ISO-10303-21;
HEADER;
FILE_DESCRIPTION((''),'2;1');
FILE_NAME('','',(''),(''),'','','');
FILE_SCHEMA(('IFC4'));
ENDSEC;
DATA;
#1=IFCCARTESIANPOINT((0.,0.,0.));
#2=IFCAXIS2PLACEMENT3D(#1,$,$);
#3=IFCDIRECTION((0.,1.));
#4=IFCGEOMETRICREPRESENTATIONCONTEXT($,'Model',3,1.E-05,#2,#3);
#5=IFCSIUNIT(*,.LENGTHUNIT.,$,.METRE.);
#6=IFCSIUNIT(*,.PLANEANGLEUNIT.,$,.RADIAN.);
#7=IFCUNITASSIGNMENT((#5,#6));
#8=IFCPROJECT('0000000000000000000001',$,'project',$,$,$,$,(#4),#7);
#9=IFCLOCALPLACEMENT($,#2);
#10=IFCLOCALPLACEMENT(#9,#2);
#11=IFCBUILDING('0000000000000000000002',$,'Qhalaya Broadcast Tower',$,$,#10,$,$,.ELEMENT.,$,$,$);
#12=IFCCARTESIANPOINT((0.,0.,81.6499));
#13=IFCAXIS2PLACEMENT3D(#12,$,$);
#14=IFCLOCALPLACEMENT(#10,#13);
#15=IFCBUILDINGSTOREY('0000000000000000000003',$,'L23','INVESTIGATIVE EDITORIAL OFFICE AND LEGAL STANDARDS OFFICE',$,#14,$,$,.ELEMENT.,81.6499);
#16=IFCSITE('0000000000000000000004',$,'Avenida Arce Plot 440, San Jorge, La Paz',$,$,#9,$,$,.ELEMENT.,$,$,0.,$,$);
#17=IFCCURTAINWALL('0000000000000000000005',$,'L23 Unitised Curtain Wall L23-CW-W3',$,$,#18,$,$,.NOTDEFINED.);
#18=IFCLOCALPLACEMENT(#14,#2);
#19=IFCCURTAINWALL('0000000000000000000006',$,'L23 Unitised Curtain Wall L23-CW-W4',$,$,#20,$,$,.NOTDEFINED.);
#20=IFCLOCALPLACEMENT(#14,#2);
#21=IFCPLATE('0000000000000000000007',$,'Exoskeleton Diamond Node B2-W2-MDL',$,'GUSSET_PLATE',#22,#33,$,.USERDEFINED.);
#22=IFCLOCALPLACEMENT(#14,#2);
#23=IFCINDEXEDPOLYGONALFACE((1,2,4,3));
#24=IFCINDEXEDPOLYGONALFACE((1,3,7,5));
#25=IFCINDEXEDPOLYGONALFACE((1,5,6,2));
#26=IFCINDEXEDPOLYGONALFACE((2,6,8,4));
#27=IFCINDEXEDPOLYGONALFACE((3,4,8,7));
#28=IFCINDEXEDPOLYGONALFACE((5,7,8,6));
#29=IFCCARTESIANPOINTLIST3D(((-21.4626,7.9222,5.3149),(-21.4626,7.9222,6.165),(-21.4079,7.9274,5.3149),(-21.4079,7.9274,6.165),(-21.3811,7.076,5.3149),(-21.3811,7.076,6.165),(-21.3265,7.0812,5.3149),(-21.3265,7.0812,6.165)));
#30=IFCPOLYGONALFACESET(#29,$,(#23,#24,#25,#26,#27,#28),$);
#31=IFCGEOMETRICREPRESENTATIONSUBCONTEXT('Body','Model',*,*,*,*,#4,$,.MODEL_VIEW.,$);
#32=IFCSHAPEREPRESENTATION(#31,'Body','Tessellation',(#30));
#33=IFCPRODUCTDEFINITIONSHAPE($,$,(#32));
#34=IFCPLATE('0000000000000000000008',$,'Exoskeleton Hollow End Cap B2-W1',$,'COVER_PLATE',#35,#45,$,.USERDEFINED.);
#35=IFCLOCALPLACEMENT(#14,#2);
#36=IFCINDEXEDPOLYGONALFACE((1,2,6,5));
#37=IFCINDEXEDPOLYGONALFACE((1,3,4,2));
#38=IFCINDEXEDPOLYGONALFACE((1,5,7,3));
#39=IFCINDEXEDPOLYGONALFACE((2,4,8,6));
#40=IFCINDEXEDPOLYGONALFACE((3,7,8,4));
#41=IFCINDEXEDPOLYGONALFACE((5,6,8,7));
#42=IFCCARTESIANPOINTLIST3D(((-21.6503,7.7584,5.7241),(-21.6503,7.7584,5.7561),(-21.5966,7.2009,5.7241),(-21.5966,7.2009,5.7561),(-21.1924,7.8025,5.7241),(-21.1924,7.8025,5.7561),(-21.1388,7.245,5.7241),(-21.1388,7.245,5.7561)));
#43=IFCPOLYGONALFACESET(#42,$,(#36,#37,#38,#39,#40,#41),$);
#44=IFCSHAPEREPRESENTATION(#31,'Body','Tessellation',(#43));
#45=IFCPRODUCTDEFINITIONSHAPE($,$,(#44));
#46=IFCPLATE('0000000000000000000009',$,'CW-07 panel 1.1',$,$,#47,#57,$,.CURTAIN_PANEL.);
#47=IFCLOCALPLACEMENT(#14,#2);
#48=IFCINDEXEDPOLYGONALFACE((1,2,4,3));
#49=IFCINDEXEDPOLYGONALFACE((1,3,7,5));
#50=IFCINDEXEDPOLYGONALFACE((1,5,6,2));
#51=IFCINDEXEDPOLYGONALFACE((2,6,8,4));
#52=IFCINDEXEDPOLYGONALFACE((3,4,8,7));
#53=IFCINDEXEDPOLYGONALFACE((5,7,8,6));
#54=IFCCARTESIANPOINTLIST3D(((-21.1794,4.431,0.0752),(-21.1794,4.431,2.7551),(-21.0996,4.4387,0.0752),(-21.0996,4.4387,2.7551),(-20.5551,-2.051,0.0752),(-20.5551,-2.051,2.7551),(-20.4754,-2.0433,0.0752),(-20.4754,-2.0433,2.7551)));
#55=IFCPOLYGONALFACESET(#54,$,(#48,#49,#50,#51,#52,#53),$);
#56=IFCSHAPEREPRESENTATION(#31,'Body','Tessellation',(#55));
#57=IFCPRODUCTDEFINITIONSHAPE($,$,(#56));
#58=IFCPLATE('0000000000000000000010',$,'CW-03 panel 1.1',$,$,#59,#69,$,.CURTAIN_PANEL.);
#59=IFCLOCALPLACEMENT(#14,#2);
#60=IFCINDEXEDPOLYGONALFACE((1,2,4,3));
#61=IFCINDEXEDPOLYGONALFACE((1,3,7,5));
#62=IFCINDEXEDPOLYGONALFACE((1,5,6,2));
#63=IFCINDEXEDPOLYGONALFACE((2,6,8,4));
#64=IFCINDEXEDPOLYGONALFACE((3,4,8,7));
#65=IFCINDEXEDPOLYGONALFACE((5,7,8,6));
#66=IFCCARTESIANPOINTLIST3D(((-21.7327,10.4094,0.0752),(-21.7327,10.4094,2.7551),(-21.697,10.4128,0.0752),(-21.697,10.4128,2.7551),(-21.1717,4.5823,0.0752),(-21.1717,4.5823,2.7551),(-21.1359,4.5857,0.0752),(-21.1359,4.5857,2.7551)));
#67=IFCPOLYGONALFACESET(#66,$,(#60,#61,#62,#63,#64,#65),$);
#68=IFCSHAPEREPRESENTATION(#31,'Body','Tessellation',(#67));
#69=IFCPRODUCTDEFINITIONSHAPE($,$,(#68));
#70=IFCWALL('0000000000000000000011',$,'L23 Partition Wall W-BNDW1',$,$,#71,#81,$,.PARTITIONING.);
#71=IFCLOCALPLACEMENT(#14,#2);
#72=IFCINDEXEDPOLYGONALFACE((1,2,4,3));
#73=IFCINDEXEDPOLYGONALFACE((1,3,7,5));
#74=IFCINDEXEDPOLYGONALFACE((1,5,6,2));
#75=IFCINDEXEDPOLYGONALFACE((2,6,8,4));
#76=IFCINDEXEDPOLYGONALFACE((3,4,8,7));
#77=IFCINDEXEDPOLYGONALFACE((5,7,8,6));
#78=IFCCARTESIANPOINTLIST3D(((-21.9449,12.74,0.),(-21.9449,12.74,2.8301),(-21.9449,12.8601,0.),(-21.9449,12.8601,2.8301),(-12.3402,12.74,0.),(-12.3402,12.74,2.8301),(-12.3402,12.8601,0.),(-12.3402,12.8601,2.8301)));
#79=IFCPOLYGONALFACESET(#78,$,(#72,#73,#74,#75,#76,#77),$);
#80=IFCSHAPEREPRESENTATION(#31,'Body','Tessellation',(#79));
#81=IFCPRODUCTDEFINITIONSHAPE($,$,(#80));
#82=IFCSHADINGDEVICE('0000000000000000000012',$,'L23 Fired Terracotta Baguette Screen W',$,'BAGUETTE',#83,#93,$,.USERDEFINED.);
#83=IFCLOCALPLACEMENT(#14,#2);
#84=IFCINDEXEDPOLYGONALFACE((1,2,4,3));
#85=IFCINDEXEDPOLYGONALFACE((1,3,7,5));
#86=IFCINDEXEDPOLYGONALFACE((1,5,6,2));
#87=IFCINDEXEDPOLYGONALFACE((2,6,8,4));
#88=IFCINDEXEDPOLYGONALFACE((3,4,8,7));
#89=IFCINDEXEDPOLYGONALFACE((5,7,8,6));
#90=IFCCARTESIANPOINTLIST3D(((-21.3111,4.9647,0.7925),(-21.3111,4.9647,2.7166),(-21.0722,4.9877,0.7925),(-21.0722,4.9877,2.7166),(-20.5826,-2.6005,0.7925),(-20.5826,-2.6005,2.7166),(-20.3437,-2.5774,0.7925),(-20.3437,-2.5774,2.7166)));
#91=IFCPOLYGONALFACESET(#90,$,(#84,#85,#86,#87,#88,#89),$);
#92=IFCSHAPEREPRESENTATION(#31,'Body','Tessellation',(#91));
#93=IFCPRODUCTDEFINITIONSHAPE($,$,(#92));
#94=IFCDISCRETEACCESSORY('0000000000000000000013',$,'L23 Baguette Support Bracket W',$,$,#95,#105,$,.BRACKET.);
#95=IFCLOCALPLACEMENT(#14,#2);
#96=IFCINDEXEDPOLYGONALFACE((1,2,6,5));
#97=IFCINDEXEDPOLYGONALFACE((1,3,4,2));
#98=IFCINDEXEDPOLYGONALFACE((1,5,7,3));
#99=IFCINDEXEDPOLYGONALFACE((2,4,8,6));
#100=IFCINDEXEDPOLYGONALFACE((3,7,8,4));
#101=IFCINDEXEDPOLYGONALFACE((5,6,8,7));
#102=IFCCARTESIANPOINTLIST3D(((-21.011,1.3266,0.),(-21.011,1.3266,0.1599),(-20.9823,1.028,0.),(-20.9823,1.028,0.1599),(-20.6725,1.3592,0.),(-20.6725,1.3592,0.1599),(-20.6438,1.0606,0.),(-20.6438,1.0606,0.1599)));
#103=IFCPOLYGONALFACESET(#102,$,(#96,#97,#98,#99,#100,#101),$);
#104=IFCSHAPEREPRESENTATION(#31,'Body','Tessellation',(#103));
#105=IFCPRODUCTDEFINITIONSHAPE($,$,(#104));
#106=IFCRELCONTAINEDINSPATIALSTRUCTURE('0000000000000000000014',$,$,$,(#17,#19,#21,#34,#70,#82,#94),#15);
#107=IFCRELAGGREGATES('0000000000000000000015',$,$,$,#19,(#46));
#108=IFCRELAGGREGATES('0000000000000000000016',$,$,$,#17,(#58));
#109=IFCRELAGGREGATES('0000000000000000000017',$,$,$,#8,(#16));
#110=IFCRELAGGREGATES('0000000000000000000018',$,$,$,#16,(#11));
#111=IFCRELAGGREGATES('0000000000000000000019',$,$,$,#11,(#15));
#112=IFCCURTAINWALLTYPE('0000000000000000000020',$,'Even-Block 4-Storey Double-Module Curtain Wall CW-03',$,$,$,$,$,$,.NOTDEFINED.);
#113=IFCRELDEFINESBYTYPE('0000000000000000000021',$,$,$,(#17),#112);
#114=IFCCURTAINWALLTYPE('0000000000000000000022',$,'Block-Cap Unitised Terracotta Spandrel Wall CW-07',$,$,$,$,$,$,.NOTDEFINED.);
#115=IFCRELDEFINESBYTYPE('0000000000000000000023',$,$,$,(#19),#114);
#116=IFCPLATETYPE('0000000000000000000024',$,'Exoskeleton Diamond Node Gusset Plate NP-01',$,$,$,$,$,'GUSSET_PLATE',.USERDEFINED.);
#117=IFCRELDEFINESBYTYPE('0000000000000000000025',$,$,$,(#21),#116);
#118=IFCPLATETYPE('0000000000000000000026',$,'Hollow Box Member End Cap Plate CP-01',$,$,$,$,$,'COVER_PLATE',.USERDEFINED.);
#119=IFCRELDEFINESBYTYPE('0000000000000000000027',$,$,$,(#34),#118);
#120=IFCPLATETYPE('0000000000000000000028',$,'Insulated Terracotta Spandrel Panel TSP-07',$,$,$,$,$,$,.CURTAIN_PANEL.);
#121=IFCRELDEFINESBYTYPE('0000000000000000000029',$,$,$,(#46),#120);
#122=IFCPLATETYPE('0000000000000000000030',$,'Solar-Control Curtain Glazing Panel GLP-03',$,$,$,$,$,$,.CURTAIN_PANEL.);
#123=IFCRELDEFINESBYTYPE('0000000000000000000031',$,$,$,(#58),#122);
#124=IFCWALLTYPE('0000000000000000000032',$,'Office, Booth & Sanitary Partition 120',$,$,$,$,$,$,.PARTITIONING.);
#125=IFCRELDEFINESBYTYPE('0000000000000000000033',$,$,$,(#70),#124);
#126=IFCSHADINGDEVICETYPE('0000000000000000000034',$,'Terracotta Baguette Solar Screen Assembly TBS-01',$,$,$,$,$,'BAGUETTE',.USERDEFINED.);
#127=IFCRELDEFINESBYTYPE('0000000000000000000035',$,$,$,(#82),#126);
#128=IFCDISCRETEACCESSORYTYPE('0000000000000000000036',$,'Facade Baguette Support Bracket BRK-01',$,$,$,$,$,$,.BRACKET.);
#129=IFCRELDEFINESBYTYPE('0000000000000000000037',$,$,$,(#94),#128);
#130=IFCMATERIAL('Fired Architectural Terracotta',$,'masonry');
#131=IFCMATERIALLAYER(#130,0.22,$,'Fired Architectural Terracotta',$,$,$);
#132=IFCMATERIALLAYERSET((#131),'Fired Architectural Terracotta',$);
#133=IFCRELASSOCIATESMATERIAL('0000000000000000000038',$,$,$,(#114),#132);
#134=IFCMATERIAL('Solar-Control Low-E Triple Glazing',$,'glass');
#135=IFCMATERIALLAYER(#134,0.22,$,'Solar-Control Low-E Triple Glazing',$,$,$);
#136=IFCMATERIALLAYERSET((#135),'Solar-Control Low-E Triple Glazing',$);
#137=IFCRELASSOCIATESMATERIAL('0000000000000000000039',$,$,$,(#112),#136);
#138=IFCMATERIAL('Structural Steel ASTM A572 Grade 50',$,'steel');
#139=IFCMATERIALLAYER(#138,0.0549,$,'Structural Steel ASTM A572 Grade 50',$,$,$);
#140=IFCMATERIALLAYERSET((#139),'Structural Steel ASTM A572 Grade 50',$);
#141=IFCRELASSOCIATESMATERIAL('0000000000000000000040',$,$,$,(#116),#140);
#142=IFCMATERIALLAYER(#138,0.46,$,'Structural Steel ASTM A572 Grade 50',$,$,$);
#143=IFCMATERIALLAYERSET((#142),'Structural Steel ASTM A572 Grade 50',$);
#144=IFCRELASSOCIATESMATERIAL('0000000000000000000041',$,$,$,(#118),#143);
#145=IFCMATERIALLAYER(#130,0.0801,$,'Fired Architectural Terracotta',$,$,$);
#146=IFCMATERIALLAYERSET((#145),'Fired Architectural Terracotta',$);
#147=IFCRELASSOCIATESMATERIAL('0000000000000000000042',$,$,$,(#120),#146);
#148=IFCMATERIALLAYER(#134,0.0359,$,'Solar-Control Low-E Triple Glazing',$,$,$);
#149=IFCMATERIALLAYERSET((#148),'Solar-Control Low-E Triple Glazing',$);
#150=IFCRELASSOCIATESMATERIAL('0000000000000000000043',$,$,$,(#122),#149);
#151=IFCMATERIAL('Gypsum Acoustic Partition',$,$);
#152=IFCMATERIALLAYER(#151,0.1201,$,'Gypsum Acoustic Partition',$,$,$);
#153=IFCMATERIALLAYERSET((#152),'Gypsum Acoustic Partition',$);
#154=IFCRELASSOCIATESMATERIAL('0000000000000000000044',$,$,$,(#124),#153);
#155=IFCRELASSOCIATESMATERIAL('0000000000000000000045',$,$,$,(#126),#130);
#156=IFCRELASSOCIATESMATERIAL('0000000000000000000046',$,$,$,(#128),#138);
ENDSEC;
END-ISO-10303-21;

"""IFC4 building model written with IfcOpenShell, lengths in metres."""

from ifc_helpers import new_model, si_unit, direction, frame, frame_2d, origin, origin_2d, place, context, subcontext, project, spatial, rectangle, extrude, material, layer, layer_set, type_object, element, aggregate, save


model = new_model("IFC4")

# Units and contexts
model_context = context("Model", 3, precision=1e-05, world=origin(), true_north=direction((0.0, 1.0)))
body_context = subcontext(model_context, "Body", "Model", "MODEL_VIEW")
ifc_project = project(units=[si_unit("LENGTHUNIT", "METRE"), si_unit("PLANEANGLEUNIT", "RADIAN")], contexts=[model_context])

# Site, building, storey
site_placement = place(None, origin())
site = spatial("IfcSite", under=ifc_project, at=site_placement, Name="Avenida Arce Plot 440, San Jorge, La Paz", CompositionType="ELEMENT", RefElevation=0.0)
building_placement = place(site_placement, origin())
building = spatial("IfcBuilding", under=site, at=building_placement, Name="Qhalaya Broadcast Tower", CompositionType="ELEMENT")
storey_placement = place(building_placement, frame((0.0, 0.0, 81.6499)))
storey = spatial("IfcBuildingStorey", under=building, at=storey_placement, Name="L23", Description="INVESTIGATIVE EDITORIAL OFFICE AND LEGAL STANDARDS OFFICE", CompositionType="ELEMENT", Elevation=81.6499)

# Shared definitions
ifc_material_1 = material(Name="Structural Steel ASTM A572 Grade 50", Category="steel")

# Shared definitions
ifc_material_2 = material(Name="Fired Architectural Terracotta", Category="masonry")
ifc_layer_1 = layer(ifc_material_2, 0.22, Name="Fired Architectural Terracotta")
ifc_layer_set_1 = layer_set([ifc_layer_1], Name="Fired Architectural Terracotta")
curtain_wall_type_1 = type_object("IfcCurtainWallType", Name="Block-Cap Unitised Terracotta Spandrel Wall CW-07", PredefinedType="NOTDEFINED", material=ifc_layer_set_1)

# Curtain wall
ifc_material_3 = material(Name="Solar-Control Low-E Triple Glazing", Category="glass")
ifc_layer_2 = layer(ifc_material_3, 0.22, Name="Solar-Control Low-E Triple Glazing")
ifc_layer_set_2 = layer_set([ifc_layer_2], Name="Solar-Control Low-E Triple Glazing")
curtain_wall_type_2 = type_object("IfcCurtainWallType", Name="Even-Block 4-Storey Double-Module Curtain Wall CW-03", PredefinedType="NOTDEFINED", material=ifc_layer_set_2)
curtain_wall_1_placement = place(storey_placement, origin())
curtain_wall_1 = element("IfcCurtainWall", 1, at=curtain_wall_1_placement, inside=storey, type_object=curtain_wall_type_2, Name="L23 Unitised Curtain Wall L23-CW-W3", PredefinedType="NOTDEFINED")

# Curtain wall
curtain_wall_2_placement = place(storey_placement, origin())
curtain_wall_2 = element("IfcCurtainWall", 2, at=curtain_wall_2_placement, inside=storey, type_object=curtain_wall_type_1, Name="L23 Unitised Curtain Wall L23-CW-W4", PredefinedType="NOTDEFINED")

# Plates
ifc_layer_3 = layer(ifc_material_1, 0.0549, Name="Structural Steel ASTM A572 Grade 50")
ifc_layer_set_3 = layer_set([ifc_layer_3], Name="Structural Steel ASTM A572 Grade 50")
plate_type_1 = type_object("IfcPlateType", Name="Exoskeleton Diamond Node Gusset Plate NP-01", ElementType="GUSSET_PLATE", PredefinedType="USERDEFINED", material=ifc_layer_set_3)
plate_1_placement = place(storey_placement, frame((-21.3945, 7.5017, 5.3149), z_axis=(0.0, 0.0, 1.0), x_axis=(-0.095846, 0.995396, 0.0)))
element("IfcPlate", 3, at=plate_1_placement, inside=storey, type_object=plate_type_1, Name="Exoskeleton Diamond Node B2-W2-MDL", ObjectType="GUSSET_PLATE", PredefinedType="USERDEFINED", context=body_context, shape_type="SweptSolid", body=[
    extrude(rectangle(XDim=0.8501, YDim=0.0549, at=origin_2d()), origin(), (0.0, 0.0, 1.0), 0.8501),
])
ifc_layer_4 = layer(ifc_material_1, 0.46, Name="Structural Steel ASTM A572 Grade 50")
ifc_layer_set_4 = layer_set([ifc_layer_4], Name="Structural Steel ASTM A572 Grade 50")
plate_type_2 = type_object("IfcPlateType", Name="Hollow Box Member End Cap Plate CP-01", ElementType="COVER_PLATE", PredefinedType="USERDEFINED", material=ifc_layer_set_4)
plate_2_placement = place(storey_placement, frame((-21.3945, 7.5017, 5.7241), z_axis=(0.0, 0.0, 1.0), x_axis=(-0.095846, 0.995396, 0.0)))
element("IfcPlate", 4, at=plate_2_placement, inside=storey, type_object=plate_type_2, Name="Exoskeleton Hollow End Cap B2-W1", ObjectType="COVER_PLATE", PredefinedType="USERDEFINED", context=body_context, shape_type="SweptSolid", body=[
    extrude(rectangle(XDim=0.5601, YDim=0.46, at=origin_2d()), origin(), (0.0, 0.0, 1.0), 0.032),
])

# Plates
ifc_layer_5 = layer(ifc_material_2, 0.0801, Name="Fired Architectural Terracotta")
ifc_layer_set_5 = layer_set([ifc_layer_5], Name="Fired Architectural Terracotta")
plate_type_3 = type_object("IfcPlateType", Name="Insulated Terracotta Spandrel Panel TSP-07", PredefinedType="CURTAIN_PANEL", material=ifc_layer_set_5)
plate_3_placement = place(storey_placement, frame((-20.8274, 1.1938, 0.0752), z_axis=(0.0, 0.0, 1.0), x_axis=(0.095857, -0.995395, 0.0)))
plate_3 = element("IfcPlate", 5, at=plate_3_placement, type_object=plate_type_3, Name="CW-07 panel 1.1", PredefinedType="CURTAIN_PANEL", context=body_context, shape_type="SweptSolid", body=[
    extrude(rectangle(XDim=6.512, YDim=0.0801, at=origin_2d()), origin(), (0.0, 0.0, 1.0), 2.6799),
])
aggregate(curtain_wall_2, [plate_3])
ifc_layer_6 = layer(ifc_material_3, 0.0359, Name="Solar-Control Low-E Triple Glazing")
ifc_layer_set_6 = layer_set([ifc_layer_6], Name="Solar-Control Low-E Triple Glazing")
plate_type_4 = type_object("IfcPlateType", Name="Solar-Control Curtain Glazing Panel GLP-03", PredefinedType="CURTAIN_PANEL", material=ifc_layer_set_6)
plate_4_placement = place(storey_placement, frame((-21.4343, 7.4976, 0.0752), z_axis=(0.0, 0.0, 1.0), x_axis=(0.095837, -0.995397, 0.0)))
plate_4 = element("IfcPlate", 6, at=plate_4_placement, type_object=plate_type_4, Name="CW-03 panel 1.1", PredefinedType="CURTAIN_PANEL", context=body_context, shape_type="SweptSolid", body=[
    extrude(rectangle(XDim=5.854, YDim=0.0359, at=origin_2d()), origin(), (0.0, 0.0, 1.0), 2.6799),
])
aggregate(curtain_wall_1, [plate_4])

# Wall
ifc_material_4 = material(Name="Gypsum Acoustic Partition")
ifc_layer_7 = layer(ifc_material_4, 0.1201, Name="Gypsum Acoustic Partition")
ifc_layer_set_7 = layer_set([ifc_layer_7], Name="Gypsum Acoustic Partition")
wall_type = type_object("IfcWallType", Name="Office, Booth & Sanitary Partition 120", PredefinedType="PARTITIONING", material=ifc_layer_set_7)
wall_placement = place(storey_placement, frame((-21.9448, 12.8, 0.0), z_axis=(0.0, 0.0, 1.0), x_axis=(1.0, 0.0, 0.0)))
element("IfcWall", 7, at=wall_placement, inside=storey, type_object=wall_type, Name="L23 Partition Wall W-BNDW1", PredefinedType="PARTITIONING", context=body_context, shape_type="SweptSolid", body=[
    extrude(rectangle(XDim=9.6047, YDim=0.1201, at=frame_2d((4.8022, 0.0))), origin(), (0.0, 0.0, 1.0), 2.8301),
])

# Shading device
shading_device_type = type_object("IfcShadingDeviceType", Name="Terracotta Baguette Solar Screen Assembly TBS-01", ElementType="BAGUETTE", PredefinedType="USERDEFINED", material=ifc_material_2)
shading_device_placement = place(storey_placement, frame((-20.8274, 1.1936, 0.7925), z_axis=(0.0, 0.0, 1.0), x_axis=(0.095846, -0.995396, 0.0)))
element("IfcShadingDevice", 8, at=shading_device_placement, inside=storey, type_object=shading_device_type, Name="L23 Fired Terracotta Baguette Screen W", ObjectType="BAGUETTE", PredefinedType="USERDEFINED", context=body_context, shape_type="SweptSolid", body=[
    extrude(rectangle(XDim=7.6001, YDim=0.24, at=origin_2d()), origin(), (0.0, 0.0, 1.0), 1.9241),
])

# Discrete accessory
discrete_accessory_type = type_object("IfcDiscreteAccessoryType", Name="Facade Baguette Support Bracket BRK-01", PredefinedType="BRACKET", material=ifc_material_1)
discrete_accessory_placement = place(storey_placement, frame((-20.8274, 1.1936, 0.0), z_axis=(0.0, 0.0, 1.0), x_axis=(0.095846, -0.995396, 0.0)))
element("IfcDiscreteAccessory", 9, at=discrete_accessory_placement, inside=storey, type_object=discrete_accessory_type, Name="L23 Baguette Support Bracket W", PredefinedType="BRACKET", context=body_context, shape_type="SweptSolid", body=[
    extrude(rectangle(XDim=0.3, YDim=0.3401, at=origin_2d()), origin(), (0.0, 0.0, 1.0), 0.1599),
])

save(model, "model.ifc")
